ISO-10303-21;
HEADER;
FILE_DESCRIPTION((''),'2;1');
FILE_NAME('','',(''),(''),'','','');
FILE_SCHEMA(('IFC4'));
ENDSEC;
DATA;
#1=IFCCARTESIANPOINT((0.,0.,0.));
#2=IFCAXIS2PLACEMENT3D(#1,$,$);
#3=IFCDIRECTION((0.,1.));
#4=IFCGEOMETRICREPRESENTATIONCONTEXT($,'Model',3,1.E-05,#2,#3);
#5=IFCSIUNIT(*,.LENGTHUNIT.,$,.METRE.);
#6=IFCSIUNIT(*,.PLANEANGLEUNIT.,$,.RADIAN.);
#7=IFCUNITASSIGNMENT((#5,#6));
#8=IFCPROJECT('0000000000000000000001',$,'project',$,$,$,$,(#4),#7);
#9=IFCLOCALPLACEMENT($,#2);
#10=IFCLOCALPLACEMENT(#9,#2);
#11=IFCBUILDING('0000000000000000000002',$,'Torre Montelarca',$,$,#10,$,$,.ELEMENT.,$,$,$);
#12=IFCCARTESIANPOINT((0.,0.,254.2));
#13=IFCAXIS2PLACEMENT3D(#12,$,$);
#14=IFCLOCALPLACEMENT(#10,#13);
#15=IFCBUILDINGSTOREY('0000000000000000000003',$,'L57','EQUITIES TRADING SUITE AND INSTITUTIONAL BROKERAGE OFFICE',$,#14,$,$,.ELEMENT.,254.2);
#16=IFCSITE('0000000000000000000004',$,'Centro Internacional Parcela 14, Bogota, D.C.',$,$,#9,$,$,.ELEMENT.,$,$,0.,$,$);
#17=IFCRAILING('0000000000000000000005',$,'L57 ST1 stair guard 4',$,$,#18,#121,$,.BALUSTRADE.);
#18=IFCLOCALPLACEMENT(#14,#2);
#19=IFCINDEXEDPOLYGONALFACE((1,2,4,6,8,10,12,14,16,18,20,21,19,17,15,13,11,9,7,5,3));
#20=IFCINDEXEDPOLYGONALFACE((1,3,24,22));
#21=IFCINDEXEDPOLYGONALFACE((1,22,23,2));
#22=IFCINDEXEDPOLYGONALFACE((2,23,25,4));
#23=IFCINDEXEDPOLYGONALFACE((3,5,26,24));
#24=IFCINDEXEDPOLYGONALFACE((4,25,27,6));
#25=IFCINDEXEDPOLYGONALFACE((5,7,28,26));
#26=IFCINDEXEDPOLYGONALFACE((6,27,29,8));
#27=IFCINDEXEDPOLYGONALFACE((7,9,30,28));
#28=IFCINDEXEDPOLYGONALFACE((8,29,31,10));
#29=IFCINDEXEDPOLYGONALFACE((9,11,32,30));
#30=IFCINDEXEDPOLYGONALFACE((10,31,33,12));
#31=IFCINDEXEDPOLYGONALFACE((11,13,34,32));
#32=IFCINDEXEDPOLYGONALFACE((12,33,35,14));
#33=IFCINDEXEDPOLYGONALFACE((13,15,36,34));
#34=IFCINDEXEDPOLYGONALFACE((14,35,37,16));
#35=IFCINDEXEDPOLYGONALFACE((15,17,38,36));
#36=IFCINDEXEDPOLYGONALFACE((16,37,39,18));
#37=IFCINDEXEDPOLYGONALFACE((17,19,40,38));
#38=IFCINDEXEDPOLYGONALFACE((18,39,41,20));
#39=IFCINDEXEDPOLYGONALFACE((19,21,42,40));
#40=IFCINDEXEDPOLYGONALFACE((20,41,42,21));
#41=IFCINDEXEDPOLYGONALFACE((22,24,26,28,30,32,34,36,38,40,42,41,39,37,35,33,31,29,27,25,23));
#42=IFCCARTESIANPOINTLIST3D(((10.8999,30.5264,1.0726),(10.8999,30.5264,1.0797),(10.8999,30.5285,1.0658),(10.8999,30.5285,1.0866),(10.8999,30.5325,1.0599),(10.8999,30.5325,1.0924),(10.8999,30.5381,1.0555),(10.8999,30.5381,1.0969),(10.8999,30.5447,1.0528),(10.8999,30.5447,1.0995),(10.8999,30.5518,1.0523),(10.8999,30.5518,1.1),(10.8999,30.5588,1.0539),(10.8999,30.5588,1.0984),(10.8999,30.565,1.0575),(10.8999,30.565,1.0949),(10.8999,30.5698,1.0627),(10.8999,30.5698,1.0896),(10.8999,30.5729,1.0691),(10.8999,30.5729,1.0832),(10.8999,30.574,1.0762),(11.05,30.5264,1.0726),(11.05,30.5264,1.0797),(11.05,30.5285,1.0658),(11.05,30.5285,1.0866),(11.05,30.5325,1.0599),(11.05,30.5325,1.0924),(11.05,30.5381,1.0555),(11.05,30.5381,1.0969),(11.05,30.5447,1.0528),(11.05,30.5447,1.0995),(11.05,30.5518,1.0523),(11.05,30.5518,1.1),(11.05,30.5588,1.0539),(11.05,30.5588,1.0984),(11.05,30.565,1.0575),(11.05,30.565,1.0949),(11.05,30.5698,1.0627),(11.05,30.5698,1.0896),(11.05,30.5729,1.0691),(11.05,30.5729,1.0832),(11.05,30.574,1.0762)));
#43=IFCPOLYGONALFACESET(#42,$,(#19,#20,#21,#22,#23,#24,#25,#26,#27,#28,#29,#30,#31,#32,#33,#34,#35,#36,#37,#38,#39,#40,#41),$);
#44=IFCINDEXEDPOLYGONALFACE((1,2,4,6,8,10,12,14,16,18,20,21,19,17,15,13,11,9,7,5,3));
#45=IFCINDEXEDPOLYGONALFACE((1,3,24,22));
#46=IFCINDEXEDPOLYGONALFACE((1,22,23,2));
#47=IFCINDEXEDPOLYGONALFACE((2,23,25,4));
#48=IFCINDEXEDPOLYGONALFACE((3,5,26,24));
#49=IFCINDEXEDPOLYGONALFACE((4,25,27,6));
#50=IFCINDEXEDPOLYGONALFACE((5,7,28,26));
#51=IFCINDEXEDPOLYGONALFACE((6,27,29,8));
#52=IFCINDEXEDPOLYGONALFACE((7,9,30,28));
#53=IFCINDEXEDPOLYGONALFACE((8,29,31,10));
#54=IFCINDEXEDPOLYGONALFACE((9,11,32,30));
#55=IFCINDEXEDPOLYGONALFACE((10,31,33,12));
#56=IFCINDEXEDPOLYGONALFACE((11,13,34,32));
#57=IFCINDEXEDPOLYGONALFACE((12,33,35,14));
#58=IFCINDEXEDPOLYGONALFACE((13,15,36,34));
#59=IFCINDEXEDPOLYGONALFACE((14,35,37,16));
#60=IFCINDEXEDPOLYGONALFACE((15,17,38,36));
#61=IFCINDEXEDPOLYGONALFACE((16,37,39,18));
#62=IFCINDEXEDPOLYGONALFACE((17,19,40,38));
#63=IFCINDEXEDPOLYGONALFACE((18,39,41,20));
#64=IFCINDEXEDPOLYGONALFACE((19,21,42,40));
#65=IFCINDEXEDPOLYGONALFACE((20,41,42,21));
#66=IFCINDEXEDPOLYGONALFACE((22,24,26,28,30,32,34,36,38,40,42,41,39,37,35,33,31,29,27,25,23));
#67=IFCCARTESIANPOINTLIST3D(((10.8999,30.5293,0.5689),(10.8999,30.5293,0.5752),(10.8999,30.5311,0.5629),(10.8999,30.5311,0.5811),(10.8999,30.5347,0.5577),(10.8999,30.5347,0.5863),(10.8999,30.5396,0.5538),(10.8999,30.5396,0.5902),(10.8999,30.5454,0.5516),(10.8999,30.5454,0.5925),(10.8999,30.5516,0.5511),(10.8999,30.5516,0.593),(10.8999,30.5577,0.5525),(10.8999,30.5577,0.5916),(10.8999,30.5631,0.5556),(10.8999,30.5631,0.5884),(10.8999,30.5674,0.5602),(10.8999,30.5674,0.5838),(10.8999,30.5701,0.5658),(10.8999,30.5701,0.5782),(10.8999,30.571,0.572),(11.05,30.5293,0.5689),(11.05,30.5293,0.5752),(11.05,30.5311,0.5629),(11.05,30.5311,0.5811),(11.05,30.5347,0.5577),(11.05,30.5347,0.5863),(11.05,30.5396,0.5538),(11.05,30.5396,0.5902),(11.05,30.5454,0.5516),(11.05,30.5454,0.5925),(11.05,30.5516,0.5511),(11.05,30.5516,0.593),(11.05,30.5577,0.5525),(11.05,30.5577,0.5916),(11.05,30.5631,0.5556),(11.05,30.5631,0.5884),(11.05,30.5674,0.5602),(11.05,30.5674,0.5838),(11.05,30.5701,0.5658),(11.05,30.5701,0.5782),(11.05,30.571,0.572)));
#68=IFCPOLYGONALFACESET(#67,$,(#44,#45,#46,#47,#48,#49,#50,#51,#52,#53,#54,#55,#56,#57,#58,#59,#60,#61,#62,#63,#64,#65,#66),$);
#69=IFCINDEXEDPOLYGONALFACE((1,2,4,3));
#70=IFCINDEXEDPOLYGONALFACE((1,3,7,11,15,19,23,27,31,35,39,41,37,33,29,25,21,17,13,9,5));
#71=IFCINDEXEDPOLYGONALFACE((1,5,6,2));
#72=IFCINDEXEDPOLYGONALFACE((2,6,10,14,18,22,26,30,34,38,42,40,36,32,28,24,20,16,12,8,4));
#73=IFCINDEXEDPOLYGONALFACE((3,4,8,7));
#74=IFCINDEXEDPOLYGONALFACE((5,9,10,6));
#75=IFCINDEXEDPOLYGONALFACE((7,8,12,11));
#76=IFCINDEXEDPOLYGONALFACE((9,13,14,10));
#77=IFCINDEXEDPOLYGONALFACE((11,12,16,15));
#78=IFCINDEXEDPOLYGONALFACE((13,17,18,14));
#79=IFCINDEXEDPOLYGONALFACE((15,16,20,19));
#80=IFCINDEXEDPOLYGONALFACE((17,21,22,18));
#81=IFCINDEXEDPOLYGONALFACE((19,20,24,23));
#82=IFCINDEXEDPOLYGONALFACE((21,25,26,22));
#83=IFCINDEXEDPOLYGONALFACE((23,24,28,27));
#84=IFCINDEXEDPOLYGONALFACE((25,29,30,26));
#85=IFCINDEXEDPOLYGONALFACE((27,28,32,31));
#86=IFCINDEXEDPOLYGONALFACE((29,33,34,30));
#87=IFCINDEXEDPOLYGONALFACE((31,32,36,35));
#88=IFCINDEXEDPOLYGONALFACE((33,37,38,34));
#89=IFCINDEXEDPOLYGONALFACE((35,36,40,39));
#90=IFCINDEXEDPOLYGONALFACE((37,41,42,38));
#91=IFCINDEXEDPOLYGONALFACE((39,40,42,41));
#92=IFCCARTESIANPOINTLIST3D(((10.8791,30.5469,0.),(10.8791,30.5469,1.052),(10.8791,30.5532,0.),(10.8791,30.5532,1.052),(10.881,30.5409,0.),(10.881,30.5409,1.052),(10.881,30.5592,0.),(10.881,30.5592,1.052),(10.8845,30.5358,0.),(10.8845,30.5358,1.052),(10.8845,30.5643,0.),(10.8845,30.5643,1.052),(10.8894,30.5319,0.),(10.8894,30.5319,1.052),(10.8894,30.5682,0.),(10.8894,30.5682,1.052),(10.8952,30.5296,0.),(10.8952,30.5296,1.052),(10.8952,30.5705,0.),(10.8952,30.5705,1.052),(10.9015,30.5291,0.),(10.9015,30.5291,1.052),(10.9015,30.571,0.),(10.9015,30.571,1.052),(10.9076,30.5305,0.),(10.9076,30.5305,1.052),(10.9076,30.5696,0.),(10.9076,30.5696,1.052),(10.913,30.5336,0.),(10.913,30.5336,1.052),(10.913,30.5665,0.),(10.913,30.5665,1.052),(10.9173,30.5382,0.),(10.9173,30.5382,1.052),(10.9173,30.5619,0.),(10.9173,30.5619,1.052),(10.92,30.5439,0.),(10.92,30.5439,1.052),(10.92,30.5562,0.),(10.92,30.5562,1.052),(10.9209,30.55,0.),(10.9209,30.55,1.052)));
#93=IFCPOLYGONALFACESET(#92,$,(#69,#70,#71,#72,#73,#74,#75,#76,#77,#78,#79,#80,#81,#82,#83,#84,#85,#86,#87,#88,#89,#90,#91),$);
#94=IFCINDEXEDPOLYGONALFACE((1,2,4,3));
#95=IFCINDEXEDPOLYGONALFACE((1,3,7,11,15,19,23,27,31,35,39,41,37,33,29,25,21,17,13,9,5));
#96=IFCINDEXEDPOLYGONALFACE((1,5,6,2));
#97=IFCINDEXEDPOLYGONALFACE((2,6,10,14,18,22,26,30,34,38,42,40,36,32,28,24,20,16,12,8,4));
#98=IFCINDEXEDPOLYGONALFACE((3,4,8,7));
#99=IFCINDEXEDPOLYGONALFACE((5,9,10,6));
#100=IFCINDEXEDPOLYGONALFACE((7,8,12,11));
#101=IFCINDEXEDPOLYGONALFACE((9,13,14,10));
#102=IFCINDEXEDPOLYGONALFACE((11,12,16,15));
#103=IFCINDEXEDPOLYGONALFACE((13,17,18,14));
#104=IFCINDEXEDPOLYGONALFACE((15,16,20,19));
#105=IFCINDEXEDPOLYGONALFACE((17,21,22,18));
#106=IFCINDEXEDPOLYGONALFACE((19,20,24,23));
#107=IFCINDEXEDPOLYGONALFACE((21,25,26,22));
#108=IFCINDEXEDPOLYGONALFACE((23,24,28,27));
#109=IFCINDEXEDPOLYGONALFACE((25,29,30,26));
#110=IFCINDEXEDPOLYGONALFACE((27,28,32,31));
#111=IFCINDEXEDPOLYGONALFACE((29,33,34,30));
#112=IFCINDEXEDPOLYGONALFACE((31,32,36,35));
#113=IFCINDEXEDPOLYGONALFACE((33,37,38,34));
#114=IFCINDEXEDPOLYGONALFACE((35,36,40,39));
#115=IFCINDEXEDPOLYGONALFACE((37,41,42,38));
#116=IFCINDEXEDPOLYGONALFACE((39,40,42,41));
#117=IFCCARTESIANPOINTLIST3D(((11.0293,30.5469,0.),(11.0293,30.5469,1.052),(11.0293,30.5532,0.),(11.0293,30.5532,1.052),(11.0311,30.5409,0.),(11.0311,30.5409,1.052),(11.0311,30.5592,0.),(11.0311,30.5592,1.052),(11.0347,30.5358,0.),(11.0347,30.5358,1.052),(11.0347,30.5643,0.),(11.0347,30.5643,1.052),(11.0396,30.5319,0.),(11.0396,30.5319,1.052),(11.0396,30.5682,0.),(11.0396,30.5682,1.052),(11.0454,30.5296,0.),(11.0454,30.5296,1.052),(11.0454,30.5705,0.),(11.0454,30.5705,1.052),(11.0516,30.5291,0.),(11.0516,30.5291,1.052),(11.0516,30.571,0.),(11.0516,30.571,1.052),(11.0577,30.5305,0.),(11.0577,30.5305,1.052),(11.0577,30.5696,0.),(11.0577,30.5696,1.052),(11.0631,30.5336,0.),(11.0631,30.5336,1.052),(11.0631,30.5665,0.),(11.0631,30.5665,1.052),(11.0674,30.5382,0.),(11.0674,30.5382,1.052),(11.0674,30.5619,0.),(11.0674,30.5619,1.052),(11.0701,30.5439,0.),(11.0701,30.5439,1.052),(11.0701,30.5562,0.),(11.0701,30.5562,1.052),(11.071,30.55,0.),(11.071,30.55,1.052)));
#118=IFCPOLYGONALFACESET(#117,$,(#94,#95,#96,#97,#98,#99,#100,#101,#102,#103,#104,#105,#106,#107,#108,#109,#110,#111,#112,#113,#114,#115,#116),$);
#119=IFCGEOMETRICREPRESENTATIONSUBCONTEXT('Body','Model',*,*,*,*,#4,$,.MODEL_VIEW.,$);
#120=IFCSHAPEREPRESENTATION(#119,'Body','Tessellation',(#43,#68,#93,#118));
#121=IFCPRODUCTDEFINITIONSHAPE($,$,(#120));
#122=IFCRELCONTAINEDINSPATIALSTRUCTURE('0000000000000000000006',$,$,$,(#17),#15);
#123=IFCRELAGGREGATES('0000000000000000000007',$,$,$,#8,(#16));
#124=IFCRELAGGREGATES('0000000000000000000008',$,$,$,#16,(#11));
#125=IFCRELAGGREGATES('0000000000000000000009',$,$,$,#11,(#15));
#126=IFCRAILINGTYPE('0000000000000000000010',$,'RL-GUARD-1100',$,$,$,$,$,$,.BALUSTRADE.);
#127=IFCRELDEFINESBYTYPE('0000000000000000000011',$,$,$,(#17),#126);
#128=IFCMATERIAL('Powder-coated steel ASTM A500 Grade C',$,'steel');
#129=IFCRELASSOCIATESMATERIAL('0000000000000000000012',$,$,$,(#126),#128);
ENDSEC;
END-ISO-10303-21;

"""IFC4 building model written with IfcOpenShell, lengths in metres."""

from ifc_helpers import new_model, si_unit, direction, frame, origin, origin_2d, place, context, subcontext, project, spatial, circle, extrude, material, type_object, element, save


model = new_model("IFC4")

# Units and contexts
model_context = context("Model", 3, precision=1e-05, world=origin(), true_north=direction((0.0, 1.0)))
body_context = subcontext(model_context, "Body", "Model", "MODEL_VIEW")
ifc_project = project(units=[si_unit("LENGTHUNIT", "METRE"), si_unit("PLANEANGLEUNIT", "RADIAN")], contexts=[model_context])

# Site, building, storey
site_placement = place(None, origin())
site = spatial("IfcSite", under=ifc_project, at=site_placement, Name="Centro Internacional Parcela 14, Bogota, D.C.", CompositionType="ELEMENT", RefElevation=0.0)
building_placement = place(site_placement, origin())
building = spatial("IfcBuilding", under=site, at=building_placement, Name="Torre Montelarca", CompositionType="ELEMENT")
storey_placement = place(building_placement, frame((0.0, 0.0, 254.2)))
storey = spatial("IfcBuildingStorey", under=building, at=storey_placement, Name="L57", Description="EQUITIES TRADING SUITE AND INSTITUTIONAL BROKERAGE OFFICE", CompositionType="ELEMENT", Elevation=254.2)

# Railing
ifc_material_1 = material(Name="Powder-coated steel ASTM A500 Grade C", Category="steel")
railing_type_1 = type_object("IfcRailingType", Name="RL-GUARD-1100", PredefinedType="BALUSTRADE", material=ifc_material_1)
railing_1_placement = place(storey_placement, frame((10.8999, 30.55, 0.0)))
element("IfcRailing", 1, at=railing_1_placement, inside=storey, type_object=railing_type_1, Name="L57 ST1 stair guard 4", PredefinedType="BALUSTRADE", context=body_context, shape_type="SweptSolid", body=[
    extrude(circle(Radius=0.0239, at=origin_2d()), frame((0.0, 0.0, 1.0762), z_axis=(1.0, 0.0, 0.0), x_axis=(0.0, 1.0, 0.0)), (0.0, 0.0, 1.0), 0.1501),
    extrude(circle(Radius=0.021, at=origin_2d()), frame((0.0, 0.0, 0.572), z_axis=(1.0, 0.0, 0.0), x_axis=(0.0, 1.0, 0.0)), (0.0, 0.0, 1.0), 0.1501),
    extrude(circle(Radius=0.021, at=origin_2d()), origin(), (0.0, 0.0, 1.0), 1.052),
    extrude(circle(Radius=0.021, at=origin_2d()), frame((0.1501, 0.0, 0.0)), (0.0, 0.0, 1.0), 1.052),
])

save(model, "model.ifc")
